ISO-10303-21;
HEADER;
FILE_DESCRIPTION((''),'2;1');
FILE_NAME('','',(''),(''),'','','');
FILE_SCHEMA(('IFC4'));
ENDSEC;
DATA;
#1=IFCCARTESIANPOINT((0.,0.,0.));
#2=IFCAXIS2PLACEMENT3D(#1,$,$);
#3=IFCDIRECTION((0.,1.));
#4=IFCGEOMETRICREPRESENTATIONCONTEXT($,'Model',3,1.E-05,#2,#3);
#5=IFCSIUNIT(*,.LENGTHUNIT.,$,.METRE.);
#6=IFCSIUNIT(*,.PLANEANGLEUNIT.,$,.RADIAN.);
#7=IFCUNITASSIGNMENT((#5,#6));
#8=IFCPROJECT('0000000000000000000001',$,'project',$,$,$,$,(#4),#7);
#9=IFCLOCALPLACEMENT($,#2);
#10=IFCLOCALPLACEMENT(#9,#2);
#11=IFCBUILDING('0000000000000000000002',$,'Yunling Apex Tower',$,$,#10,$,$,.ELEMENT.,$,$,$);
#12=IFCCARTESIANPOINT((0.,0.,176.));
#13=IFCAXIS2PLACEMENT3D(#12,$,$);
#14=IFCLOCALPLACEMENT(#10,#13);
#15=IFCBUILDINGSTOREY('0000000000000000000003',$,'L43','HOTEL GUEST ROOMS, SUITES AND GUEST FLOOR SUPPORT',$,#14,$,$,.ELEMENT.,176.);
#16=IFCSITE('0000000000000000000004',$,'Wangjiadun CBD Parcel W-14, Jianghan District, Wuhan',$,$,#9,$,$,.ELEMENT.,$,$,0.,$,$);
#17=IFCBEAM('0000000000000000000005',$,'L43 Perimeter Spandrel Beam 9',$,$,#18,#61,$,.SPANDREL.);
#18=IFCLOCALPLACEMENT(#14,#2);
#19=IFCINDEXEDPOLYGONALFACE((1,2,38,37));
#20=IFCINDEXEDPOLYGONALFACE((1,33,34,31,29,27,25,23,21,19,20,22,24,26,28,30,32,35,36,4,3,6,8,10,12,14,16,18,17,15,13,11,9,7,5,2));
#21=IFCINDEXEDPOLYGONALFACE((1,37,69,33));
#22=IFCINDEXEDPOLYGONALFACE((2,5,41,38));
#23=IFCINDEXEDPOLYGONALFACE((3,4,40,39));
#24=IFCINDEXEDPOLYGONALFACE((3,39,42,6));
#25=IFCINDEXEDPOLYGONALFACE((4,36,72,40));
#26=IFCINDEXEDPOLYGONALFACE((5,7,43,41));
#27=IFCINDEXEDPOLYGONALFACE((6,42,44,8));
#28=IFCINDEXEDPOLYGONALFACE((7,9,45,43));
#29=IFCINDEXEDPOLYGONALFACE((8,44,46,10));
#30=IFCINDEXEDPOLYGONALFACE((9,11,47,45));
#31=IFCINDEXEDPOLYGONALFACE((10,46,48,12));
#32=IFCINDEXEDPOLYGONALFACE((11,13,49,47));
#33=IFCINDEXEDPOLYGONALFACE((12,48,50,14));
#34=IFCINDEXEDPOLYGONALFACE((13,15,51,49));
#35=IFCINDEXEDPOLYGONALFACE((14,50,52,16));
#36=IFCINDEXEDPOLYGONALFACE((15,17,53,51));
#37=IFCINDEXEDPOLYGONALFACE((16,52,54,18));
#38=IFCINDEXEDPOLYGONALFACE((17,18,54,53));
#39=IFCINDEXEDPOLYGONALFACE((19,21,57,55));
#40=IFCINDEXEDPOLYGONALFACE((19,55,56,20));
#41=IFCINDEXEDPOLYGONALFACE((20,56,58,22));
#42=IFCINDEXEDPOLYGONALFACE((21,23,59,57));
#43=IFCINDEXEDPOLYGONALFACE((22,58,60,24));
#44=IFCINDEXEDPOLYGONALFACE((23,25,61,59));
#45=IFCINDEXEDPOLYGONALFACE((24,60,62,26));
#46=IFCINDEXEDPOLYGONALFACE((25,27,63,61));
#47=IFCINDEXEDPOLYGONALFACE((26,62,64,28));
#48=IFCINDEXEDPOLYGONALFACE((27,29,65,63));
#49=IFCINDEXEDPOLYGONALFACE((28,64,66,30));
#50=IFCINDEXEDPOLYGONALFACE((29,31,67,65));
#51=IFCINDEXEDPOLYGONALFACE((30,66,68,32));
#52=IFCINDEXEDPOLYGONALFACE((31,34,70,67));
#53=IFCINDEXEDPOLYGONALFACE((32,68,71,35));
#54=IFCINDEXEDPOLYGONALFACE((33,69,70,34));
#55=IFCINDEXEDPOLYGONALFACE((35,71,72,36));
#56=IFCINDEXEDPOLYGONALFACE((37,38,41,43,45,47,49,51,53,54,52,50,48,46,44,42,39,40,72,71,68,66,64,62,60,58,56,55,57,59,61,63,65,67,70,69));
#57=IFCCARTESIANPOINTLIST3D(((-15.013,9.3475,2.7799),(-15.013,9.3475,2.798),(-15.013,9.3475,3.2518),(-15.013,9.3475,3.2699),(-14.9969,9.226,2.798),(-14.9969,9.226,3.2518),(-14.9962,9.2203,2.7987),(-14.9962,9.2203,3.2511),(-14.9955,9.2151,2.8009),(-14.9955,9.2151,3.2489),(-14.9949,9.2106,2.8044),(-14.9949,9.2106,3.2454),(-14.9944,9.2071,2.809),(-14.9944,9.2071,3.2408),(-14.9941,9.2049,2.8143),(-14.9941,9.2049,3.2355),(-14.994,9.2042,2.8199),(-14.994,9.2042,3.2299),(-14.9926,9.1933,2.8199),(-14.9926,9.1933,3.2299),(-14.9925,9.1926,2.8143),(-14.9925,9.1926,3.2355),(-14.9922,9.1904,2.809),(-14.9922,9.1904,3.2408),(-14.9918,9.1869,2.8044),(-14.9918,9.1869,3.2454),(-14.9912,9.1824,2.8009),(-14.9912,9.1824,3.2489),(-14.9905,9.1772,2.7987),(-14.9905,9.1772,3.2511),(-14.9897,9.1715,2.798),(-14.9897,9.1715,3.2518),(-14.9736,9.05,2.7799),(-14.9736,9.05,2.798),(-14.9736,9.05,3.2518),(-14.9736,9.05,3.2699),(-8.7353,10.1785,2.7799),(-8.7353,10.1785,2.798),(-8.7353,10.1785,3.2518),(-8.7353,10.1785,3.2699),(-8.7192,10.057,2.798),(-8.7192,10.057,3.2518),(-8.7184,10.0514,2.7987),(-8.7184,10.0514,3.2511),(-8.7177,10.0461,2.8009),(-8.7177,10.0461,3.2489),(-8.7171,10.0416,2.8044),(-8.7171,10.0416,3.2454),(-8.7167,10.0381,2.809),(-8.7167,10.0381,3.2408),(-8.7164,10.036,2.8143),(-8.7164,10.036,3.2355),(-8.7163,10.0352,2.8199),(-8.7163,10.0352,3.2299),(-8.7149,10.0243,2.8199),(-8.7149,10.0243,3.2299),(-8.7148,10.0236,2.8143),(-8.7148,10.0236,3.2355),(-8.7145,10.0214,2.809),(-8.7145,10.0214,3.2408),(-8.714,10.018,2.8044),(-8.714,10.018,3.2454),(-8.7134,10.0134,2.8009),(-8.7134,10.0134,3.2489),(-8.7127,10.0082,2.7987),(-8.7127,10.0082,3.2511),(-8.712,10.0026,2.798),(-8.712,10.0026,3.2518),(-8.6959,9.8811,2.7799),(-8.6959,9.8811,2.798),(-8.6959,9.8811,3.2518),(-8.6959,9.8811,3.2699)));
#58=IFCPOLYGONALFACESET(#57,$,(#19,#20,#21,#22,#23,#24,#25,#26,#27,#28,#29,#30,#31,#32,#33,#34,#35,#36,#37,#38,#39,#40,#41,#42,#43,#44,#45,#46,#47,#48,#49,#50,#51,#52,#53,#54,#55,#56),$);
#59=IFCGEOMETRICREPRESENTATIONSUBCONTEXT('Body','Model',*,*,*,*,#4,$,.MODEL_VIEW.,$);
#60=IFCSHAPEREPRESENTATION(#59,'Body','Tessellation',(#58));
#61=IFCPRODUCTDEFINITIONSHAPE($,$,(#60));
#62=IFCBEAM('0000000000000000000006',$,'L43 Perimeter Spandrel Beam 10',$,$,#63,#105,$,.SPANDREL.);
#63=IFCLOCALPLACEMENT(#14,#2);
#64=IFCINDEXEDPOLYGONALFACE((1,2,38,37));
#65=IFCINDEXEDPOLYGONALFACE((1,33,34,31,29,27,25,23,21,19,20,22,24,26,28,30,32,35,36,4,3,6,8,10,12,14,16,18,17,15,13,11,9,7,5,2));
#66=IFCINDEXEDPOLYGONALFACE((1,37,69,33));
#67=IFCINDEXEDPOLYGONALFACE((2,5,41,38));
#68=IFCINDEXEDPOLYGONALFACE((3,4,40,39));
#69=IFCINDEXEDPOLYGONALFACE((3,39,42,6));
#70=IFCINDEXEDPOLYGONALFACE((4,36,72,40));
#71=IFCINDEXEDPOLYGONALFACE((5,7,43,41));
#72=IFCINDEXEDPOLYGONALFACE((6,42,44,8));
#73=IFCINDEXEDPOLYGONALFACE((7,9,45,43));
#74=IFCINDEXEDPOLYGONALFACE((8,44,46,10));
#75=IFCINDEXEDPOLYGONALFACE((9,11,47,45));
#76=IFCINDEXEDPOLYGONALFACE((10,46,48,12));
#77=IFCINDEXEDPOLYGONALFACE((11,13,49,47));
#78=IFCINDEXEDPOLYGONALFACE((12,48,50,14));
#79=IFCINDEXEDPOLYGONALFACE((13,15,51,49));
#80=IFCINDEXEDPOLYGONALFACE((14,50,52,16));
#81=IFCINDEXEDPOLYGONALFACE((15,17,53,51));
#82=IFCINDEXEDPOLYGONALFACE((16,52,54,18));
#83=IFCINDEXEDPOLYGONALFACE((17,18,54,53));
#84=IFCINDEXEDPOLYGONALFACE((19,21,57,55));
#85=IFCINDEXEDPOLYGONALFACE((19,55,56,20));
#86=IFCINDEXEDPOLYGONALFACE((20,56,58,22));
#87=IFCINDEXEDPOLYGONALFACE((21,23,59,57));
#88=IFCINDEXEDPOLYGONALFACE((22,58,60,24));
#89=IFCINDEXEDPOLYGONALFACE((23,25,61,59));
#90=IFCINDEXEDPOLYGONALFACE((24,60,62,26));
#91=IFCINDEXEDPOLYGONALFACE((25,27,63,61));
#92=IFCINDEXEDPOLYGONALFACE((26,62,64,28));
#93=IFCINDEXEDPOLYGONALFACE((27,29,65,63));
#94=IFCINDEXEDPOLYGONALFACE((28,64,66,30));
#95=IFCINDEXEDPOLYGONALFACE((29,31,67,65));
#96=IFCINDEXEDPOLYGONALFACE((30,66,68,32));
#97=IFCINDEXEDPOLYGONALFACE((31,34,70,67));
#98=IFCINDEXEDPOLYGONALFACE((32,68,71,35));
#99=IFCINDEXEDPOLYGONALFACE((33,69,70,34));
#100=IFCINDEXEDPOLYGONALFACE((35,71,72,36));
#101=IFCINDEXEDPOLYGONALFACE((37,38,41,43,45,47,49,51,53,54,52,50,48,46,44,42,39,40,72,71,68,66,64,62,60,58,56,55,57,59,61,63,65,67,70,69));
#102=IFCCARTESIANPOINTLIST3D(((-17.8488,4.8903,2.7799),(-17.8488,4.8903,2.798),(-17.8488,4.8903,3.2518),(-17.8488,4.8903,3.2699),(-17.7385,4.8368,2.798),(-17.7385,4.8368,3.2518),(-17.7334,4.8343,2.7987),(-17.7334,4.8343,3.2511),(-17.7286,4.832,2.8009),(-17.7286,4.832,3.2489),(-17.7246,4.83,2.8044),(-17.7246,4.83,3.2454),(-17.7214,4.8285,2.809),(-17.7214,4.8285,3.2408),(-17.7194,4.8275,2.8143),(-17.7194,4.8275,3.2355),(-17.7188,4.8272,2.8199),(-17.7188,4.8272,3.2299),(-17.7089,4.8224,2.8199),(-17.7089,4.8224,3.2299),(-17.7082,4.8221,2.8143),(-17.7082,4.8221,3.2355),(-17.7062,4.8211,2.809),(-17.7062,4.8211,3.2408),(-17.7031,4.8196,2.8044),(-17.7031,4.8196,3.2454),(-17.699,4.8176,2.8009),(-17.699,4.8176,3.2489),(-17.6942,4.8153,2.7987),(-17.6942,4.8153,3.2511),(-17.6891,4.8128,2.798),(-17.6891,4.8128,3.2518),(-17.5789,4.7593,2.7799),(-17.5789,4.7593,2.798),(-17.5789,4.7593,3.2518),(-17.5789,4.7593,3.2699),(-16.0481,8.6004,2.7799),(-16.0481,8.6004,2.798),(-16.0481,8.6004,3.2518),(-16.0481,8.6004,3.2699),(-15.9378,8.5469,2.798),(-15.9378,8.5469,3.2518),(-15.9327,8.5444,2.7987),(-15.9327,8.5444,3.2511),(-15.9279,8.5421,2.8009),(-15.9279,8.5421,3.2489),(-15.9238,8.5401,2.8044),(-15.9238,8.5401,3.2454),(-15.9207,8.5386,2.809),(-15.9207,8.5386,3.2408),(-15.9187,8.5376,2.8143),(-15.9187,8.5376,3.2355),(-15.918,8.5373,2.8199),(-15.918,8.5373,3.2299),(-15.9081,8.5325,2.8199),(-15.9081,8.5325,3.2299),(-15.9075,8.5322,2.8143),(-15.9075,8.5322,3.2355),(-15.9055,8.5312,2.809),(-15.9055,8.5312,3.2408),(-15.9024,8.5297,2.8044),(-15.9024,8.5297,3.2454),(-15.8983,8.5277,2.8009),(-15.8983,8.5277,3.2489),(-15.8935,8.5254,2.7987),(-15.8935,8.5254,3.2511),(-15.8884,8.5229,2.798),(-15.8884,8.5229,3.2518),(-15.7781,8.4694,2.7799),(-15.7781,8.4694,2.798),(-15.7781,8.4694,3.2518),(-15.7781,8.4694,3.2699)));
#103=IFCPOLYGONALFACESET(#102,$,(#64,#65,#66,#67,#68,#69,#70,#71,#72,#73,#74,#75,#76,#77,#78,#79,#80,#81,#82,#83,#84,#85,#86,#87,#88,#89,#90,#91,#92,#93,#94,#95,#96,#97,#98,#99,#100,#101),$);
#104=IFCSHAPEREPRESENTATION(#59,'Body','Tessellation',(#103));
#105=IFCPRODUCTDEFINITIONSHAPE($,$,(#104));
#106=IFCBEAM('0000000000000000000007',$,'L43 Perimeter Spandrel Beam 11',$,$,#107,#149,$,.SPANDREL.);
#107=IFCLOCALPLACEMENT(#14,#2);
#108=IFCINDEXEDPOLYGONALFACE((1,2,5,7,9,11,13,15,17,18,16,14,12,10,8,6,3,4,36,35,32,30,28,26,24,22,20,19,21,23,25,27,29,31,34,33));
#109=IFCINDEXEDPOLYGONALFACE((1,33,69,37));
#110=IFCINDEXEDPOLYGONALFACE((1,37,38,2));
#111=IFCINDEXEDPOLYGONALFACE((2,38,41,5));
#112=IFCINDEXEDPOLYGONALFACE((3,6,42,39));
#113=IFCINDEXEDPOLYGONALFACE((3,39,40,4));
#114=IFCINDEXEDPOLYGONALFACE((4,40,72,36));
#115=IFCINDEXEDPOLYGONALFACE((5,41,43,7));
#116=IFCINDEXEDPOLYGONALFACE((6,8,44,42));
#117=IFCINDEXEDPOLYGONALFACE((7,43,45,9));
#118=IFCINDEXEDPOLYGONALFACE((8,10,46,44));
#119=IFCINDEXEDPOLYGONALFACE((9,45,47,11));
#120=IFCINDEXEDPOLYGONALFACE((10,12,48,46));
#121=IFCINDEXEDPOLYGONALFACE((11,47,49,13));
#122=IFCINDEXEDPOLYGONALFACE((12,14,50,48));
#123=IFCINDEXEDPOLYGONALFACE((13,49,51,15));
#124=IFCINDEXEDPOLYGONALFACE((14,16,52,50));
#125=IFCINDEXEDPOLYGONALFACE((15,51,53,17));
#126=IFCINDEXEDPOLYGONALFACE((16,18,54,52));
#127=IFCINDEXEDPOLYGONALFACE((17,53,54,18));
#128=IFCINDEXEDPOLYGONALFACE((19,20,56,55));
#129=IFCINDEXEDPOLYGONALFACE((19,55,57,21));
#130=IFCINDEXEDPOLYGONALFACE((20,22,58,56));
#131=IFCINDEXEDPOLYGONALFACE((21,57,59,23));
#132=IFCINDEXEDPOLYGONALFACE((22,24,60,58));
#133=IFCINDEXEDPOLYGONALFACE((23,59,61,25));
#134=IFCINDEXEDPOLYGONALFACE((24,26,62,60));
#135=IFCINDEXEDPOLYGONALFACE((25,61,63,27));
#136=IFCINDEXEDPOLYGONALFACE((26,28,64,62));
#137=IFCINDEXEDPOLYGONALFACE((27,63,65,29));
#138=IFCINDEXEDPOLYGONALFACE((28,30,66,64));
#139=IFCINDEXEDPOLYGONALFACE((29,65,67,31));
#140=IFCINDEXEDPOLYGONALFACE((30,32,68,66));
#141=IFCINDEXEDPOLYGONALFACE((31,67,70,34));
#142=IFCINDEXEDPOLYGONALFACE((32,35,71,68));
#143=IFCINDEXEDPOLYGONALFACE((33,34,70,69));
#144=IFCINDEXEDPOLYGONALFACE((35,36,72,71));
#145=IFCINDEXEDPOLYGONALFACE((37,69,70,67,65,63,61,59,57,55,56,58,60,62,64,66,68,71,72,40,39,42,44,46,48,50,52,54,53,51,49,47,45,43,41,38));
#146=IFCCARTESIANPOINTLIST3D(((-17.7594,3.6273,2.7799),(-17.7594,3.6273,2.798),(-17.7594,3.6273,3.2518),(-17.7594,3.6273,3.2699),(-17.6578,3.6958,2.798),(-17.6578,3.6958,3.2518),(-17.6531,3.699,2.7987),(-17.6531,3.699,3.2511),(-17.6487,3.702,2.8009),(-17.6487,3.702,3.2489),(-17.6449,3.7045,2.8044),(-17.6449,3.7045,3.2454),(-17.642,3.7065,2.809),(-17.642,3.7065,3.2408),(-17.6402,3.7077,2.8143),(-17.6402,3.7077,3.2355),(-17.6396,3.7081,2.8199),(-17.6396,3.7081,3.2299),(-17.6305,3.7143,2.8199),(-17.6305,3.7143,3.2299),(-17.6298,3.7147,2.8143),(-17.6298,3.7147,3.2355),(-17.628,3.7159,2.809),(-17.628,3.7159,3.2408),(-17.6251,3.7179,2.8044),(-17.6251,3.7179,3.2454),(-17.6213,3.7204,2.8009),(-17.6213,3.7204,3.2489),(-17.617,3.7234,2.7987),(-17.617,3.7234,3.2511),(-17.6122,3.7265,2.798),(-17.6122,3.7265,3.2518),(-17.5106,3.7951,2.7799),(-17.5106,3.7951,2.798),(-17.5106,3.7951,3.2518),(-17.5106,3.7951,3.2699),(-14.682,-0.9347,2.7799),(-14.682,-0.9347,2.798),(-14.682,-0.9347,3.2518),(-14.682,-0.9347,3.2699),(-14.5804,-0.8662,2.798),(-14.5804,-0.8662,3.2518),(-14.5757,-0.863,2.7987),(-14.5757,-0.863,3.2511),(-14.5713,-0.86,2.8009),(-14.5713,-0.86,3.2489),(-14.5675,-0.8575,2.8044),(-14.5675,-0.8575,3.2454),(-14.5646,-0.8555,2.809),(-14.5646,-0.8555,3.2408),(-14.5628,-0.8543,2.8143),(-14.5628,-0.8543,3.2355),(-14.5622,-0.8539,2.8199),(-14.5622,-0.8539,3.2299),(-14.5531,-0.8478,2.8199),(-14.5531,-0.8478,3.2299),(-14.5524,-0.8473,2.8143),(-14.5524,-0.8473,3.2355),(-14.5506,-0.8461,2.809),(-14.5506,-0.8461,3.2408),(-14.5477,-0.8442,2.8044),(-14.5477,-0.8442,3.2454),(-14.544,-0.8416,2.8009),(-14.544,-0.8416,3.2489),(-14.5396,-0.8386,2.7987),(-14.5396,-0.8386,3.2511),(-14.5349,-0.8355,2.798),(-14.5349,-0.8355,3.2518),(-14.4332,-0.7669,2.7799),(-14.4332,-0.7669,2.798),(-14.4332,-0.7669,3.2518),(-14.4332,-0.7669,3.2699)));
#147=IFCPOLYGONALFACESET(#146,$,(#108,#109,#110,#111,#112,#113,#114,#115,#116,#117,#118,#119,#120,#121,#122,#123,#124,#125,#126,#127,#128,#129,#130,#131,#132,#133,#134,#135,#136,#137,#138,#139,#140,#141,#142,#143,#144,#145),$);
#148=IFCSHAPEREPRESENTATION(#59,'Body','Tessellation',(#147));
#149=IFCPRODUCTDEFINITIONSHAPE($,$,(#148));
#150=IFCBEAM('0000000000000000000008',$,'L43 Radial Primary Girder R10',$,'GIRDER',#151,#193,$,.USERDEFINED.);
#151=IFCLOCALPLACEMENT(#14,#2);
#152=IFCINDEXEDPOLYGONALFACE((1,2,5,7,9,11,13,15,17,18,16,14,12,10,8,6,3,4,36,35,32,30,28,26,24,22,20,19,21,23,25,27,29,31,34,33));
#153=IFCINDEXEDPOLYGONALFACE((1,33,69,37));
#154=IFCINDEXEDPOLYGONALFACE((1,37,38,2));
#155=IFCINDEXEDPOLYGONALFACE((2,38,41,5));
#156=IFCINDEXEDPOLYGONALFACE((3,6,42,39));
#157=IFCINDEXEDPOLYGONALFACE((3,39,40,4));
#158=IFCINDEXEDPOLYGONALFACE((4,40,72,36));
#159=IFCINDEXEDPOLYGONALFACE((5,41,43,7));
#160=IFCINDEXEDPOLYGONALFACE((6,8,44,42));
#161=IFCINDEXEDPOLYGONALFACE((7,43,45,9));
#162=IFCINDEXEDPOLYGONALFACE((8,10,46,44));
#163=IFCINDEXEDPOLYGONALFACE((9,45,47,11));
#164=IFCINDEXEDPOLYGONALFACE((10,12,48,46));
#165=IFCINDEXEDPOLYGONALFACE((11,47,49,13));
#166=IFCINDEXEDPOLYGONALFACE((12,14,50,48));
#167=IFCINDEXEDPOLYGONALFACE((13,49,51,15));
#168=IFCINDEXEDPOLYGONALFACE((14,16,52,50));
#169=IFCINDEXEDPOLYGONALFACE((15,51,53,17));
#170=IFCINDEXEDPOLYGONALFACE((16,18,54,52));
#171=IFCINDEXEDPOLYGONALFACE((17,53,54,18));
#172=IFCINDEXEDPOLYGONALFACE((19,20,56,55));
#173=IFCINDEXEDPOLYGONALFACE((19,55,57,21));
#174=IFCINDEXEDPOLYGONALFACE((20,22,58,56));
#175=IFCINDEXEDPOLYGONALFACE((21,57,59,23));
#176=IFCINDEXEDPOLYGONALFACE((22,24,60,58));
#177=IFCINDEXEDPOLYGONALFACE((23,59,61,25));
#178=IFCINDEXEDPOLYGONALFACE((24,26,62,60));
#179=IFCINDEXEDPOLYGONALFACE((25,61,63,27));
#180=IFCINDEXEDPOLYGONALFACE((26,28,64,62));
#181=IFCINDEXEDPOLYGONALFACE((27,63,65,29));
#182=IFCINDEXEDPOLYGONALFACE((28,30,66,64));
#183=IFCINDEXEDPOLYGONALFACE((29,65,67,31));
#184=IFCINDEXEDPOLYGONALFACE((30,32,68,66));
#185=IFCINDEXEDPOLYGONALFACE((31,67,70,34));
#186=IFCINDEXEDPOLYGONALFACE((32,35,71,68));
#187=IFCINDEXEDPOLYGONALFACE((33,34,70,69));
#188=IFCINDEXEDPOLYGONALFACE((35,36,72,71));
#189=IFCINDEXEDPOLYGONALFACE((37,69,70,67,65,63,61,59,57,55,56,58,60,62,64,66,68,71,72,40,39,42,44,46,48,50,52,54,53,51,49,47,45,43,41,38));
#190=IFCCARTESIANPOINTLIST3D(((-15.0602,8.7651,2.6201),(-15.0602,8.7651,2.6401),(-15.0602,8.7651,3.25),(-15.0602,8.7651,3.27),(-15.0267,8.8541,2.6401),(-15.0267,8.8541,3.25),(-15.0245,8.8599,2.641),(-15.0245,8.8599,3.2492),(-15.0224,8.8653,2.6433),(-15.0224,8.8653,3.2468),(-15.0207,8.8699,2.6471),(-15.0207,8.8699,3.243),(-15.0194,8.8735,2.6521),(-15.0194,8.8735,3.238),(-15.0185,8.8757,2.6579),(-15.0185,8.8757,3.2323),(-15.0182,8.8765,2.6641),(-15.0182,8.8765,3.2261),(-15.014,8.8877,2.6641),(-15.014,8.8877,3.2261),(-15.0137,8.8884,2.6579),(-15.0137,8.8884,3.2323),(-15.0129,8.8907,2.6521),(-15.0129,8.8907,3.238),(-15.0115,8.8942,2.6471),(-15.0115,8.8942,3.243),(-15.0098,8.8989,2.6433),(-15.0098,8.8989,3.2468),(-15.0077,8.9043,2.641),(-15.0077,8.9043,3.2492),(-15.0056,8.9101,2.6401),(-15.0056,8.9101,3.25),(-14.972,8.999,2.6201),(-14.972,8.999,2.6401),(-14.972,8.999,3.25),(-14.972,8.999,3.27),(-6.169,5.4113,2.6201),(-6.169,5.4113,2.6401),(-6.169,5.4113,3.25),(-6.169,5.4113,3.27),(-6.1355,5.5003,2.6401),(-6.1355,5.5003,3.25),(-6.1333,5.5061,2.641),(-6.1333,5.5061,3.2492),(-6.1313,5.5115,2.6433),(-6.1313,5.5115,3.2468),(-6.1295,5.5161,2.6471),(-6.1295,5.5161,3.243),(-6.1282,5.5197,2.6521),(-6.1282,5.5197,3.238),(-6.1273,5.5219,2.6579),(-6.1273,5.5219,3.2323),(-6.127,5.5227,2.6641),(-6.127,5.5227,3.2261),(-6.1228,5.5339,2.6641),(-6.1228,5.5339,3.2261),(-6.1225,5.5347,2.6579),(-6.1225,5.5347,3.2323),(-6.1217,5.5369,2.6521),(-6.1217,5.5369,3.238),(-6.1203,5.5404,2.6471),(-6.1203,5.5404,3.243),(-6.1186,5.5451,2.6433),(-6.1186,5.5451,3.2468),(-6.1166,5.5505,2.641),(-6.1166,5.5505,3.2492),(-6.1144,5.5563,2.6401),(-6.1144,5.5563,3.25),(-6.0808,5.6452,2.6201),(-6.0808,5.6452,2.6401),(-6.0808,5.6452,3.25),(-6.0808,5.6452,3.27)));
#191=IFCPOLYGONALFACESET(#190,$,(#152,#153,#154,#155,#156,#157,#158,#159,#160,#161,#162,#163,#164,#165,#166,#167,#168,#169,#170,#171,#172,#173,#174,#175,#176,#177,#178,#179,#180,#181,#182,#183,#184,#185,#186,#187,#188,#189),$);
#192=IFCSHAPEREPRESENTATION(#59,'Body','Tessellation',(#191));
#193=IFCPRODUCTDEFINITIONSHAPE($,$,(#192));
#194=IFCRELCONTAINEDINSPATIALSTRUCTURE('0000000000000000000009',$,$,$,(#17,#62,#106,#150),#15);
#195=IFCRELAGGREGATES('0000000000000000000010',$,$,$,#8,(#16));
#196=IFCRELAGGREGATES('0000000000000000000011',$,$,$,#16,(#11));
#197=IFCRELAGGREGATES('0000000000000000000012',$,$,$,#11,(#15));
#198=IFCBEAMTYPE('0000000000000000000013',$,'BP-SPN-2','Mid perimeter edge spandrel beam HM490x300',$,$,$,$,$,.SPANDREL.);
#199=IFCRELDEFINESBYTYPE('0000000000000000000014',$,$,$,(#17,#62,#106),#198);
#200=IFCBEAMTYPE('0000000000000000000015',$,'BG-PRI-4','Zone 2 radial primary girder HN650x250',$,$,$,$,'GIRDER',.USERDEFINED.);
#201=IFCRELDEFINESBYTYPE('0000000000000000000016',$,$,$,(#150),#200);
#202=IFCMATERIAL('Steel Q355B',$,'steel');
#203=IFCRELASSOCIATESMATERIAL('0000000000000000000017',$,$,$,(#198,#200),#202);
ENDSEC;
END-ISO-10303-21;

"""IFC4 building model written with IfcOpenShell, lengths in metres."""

from ifc_helpers import new_model, si_unit, direction, frame, origin, origin_2d, place, context, subcontext, project, spatial, i_section, extrude, source, transform, mapped, material, material_profile, profile_set, type_object, element, save


model = new_model("IFC4")

# Units and contexts
model_context = context("Model", 3, precision=1e-05, world=origin(), true_north=direction((0.0, 1.0)))
body_context = subcontext(model_context, "Body", "Model", "MODEL_VIEW")
ifc_project = project(units=[si_unit("LENGTHUNIT", "METRE"), si_unit("PLANEANGLEUNIT", "RADIAN")], contexts=[model_context])

# Site, building, storey
site_placement = place(None, origin())
site = spatial("IfcSite", under=ifc_project, at=site_placement, Name="Wangjiadun CBD Parcel W-14, Jianghan District, Wuhan", CompositionType="ELEMENT", RefElevation=0.0)
building_placement = place(site_placement, origin())
building = spatial("IfcBuilding", under=site, at=building_placement, Name="Yunling Apex Tower", CompositionType="ELEMENT")
storey_placement = place(building_placement, frame((0.0, 0.0, 176.0)))
storey = spatial("IfcBuildingStorey", under=building, at=storey_placement, Name="L43", Description="HOTEL GUEST ROOMS, SUITES AND GUEST FLOOR SUPPORT", CompositionType="ELEMENT", Elevation=176.0)

# Beams
ifc_material_1 = material(Name="Steel Q355B", Category="steel")
ifc_material_profile_1 = material_profile(ifc_material_1, i_section(OverallWidth=0.3, OverallDepth=0.49, WebThickness=0.011, FlangeThickness=0.0181, FilletRadius=0.022, at=origin_2d()))
ifc_profile_set_1 = profile_set([ifc_material_profile_1], Name="Steel Q355B")
beam_type_1 = type_object("IfcBeamType", Name="BP-SPN-2", Description="Mid perimeter edge spandrel beam HM490x300", PredefinedType="SPANDREL", material=ifc_profile_set_1)
shared_shape_1 = source(origin(), body_context, "Body", "SweptSolid", [
    extrude(i_section(OverallWidth=0.3, OverallDepth=0.49, WebThickness=0.011, FlangeThickness=0.0181, FilletRadius=0.022, at=origin_2d()), origin(), (0.0, 0.0, 1.0), 6.3325),
])
beam_1_placement = place(storey_placement, frame((-8.7156, 10.0298, 3.0249), z_axis=(-0.991351, -0.131234, 0.0), x_axis=(0.131234, -0.991351, 0.0)))
element("IfcBeam", 1, at=beam_1_placement, inside=storey, type_object=beam_type_1, Name="L43 Perimeter Spandrel Beam 9", PredefinedType="SPANDREL", context=body_context, shape_type="MappedRepresentation", body=[
    mapped(shared_shape_1, transform((0.0, 0.0, 0.0), scale=1.0)),
])
shared_shape_2 = source(origin(), body_context, "Body", "SweptSolid", [
    extrude(i_section(OverallWidth=0.3, OverallDepth=0.49, WebThickness=0.011, FlangeThickness=0.0181, FilletRadius=0.022, at=origin_2d()), origin(), (0.0, 0.0, 1.0), 4.124),
])
beam_2_placement = place(storey_placement, frame((-15.9131, 8.5349, 3.0249), z_axis=(-0.436645, -0.899634, 0.0), x_axis=(0.899634, -0.436645, 0.0)))
element("IfcBeam", 2, at=beam_2_placement, inside=storey, type_object=beam_type_1, Name="L43 Perimeter Spandrel Beam 10", PredefinedType="SPANDREL", context=body_context, shape_type="MappedRepresentation", body=[
    mapped(shared_shape_2, transform((0.0, 0.0, 0.0), scale=1.0)),
])
shared_shape_3 = source(origin(), body_context, "Body", "SweptSolid", [
    extrude(i_section(OverallWidth=0.3, OverallDepth=0.49, WebThickness=0.011, FlangeThickness=0.0181, FilletRadius=0.022, at=origin_2d()), origin(), (0.0, 0.0, 1.0), 5.5029),
])
beam_3_placement = place(storey_placement, frame((-17.635, 3.7112, 3.0249), z_axis=(0.559227, -0.829014, 0.0), x_axis=(0.829014, 0.559227, 0.0)))
element("IfcBeam", 3, at=beam_3_placement, inside=storey, type_object=beam_type_1, Name="L43 Perimeter Spandrel Beam 11", PredefinedType="SPANDREL", context=body_context, shape_type="MappedRepresentation", body=[
    mapped(shared_shape_3, transform((0.0, 0.0, 0.0), scale=1.0)),
])
ifc_material_profile_2 = material_profile(ifc_material_1, i_section(OverallWidth=0.25, OverallDepth=0.6499, WebThickness=0.012, FlangeThickness=0.02, FilletRadius=0.0239, at=origin_2d()))
ifc_profile_set_2 = profile_set([ifc_material_profile_2], Name="Steel Q355B")
beam_type_2 = type_object("IfcBeamType", Name="BG-PRI-4", Description="Zone 2 radial primary girder HN650x250", ElementType="GIRDER", PredefinedType="USERDEFINED", material=ifc_profile_set_2)
shared_shape_4 = source(origin(), body_context, "Body", "SweptSolid", [
    extrude(i_section(OverallWidth=0.25, OverallDepth=0.6499, WebThickness=0.012, FlangeThickness=0.02, FilletRadius=0.0239, at=origin_2d()), origin(), (0.0, 0.0, 1.0), 9.5027),
])
beam_4_placement = place(storey_placement, frame((-15.0161, 8.8821, 2.9451), z_axis=(0.93565, -0.35293, 0.0), x_axis=(0.35293, 0.93565, 0.0)))
element("IfcBeam", 4, at=beam_4_placement, inside=storey, type_object=beam_type_2, Name="L43 Radial Primary Girder R10", ObjectType="GIRDER", PredefinedType="USERDEFINED", context=body_context, shape_type="MappedRepresentation", body=[
    mapped(shared_shape_4, transform((0.0, 0.0, 0.0), scale=1.0)),
])

save(model, "model.ifc")
